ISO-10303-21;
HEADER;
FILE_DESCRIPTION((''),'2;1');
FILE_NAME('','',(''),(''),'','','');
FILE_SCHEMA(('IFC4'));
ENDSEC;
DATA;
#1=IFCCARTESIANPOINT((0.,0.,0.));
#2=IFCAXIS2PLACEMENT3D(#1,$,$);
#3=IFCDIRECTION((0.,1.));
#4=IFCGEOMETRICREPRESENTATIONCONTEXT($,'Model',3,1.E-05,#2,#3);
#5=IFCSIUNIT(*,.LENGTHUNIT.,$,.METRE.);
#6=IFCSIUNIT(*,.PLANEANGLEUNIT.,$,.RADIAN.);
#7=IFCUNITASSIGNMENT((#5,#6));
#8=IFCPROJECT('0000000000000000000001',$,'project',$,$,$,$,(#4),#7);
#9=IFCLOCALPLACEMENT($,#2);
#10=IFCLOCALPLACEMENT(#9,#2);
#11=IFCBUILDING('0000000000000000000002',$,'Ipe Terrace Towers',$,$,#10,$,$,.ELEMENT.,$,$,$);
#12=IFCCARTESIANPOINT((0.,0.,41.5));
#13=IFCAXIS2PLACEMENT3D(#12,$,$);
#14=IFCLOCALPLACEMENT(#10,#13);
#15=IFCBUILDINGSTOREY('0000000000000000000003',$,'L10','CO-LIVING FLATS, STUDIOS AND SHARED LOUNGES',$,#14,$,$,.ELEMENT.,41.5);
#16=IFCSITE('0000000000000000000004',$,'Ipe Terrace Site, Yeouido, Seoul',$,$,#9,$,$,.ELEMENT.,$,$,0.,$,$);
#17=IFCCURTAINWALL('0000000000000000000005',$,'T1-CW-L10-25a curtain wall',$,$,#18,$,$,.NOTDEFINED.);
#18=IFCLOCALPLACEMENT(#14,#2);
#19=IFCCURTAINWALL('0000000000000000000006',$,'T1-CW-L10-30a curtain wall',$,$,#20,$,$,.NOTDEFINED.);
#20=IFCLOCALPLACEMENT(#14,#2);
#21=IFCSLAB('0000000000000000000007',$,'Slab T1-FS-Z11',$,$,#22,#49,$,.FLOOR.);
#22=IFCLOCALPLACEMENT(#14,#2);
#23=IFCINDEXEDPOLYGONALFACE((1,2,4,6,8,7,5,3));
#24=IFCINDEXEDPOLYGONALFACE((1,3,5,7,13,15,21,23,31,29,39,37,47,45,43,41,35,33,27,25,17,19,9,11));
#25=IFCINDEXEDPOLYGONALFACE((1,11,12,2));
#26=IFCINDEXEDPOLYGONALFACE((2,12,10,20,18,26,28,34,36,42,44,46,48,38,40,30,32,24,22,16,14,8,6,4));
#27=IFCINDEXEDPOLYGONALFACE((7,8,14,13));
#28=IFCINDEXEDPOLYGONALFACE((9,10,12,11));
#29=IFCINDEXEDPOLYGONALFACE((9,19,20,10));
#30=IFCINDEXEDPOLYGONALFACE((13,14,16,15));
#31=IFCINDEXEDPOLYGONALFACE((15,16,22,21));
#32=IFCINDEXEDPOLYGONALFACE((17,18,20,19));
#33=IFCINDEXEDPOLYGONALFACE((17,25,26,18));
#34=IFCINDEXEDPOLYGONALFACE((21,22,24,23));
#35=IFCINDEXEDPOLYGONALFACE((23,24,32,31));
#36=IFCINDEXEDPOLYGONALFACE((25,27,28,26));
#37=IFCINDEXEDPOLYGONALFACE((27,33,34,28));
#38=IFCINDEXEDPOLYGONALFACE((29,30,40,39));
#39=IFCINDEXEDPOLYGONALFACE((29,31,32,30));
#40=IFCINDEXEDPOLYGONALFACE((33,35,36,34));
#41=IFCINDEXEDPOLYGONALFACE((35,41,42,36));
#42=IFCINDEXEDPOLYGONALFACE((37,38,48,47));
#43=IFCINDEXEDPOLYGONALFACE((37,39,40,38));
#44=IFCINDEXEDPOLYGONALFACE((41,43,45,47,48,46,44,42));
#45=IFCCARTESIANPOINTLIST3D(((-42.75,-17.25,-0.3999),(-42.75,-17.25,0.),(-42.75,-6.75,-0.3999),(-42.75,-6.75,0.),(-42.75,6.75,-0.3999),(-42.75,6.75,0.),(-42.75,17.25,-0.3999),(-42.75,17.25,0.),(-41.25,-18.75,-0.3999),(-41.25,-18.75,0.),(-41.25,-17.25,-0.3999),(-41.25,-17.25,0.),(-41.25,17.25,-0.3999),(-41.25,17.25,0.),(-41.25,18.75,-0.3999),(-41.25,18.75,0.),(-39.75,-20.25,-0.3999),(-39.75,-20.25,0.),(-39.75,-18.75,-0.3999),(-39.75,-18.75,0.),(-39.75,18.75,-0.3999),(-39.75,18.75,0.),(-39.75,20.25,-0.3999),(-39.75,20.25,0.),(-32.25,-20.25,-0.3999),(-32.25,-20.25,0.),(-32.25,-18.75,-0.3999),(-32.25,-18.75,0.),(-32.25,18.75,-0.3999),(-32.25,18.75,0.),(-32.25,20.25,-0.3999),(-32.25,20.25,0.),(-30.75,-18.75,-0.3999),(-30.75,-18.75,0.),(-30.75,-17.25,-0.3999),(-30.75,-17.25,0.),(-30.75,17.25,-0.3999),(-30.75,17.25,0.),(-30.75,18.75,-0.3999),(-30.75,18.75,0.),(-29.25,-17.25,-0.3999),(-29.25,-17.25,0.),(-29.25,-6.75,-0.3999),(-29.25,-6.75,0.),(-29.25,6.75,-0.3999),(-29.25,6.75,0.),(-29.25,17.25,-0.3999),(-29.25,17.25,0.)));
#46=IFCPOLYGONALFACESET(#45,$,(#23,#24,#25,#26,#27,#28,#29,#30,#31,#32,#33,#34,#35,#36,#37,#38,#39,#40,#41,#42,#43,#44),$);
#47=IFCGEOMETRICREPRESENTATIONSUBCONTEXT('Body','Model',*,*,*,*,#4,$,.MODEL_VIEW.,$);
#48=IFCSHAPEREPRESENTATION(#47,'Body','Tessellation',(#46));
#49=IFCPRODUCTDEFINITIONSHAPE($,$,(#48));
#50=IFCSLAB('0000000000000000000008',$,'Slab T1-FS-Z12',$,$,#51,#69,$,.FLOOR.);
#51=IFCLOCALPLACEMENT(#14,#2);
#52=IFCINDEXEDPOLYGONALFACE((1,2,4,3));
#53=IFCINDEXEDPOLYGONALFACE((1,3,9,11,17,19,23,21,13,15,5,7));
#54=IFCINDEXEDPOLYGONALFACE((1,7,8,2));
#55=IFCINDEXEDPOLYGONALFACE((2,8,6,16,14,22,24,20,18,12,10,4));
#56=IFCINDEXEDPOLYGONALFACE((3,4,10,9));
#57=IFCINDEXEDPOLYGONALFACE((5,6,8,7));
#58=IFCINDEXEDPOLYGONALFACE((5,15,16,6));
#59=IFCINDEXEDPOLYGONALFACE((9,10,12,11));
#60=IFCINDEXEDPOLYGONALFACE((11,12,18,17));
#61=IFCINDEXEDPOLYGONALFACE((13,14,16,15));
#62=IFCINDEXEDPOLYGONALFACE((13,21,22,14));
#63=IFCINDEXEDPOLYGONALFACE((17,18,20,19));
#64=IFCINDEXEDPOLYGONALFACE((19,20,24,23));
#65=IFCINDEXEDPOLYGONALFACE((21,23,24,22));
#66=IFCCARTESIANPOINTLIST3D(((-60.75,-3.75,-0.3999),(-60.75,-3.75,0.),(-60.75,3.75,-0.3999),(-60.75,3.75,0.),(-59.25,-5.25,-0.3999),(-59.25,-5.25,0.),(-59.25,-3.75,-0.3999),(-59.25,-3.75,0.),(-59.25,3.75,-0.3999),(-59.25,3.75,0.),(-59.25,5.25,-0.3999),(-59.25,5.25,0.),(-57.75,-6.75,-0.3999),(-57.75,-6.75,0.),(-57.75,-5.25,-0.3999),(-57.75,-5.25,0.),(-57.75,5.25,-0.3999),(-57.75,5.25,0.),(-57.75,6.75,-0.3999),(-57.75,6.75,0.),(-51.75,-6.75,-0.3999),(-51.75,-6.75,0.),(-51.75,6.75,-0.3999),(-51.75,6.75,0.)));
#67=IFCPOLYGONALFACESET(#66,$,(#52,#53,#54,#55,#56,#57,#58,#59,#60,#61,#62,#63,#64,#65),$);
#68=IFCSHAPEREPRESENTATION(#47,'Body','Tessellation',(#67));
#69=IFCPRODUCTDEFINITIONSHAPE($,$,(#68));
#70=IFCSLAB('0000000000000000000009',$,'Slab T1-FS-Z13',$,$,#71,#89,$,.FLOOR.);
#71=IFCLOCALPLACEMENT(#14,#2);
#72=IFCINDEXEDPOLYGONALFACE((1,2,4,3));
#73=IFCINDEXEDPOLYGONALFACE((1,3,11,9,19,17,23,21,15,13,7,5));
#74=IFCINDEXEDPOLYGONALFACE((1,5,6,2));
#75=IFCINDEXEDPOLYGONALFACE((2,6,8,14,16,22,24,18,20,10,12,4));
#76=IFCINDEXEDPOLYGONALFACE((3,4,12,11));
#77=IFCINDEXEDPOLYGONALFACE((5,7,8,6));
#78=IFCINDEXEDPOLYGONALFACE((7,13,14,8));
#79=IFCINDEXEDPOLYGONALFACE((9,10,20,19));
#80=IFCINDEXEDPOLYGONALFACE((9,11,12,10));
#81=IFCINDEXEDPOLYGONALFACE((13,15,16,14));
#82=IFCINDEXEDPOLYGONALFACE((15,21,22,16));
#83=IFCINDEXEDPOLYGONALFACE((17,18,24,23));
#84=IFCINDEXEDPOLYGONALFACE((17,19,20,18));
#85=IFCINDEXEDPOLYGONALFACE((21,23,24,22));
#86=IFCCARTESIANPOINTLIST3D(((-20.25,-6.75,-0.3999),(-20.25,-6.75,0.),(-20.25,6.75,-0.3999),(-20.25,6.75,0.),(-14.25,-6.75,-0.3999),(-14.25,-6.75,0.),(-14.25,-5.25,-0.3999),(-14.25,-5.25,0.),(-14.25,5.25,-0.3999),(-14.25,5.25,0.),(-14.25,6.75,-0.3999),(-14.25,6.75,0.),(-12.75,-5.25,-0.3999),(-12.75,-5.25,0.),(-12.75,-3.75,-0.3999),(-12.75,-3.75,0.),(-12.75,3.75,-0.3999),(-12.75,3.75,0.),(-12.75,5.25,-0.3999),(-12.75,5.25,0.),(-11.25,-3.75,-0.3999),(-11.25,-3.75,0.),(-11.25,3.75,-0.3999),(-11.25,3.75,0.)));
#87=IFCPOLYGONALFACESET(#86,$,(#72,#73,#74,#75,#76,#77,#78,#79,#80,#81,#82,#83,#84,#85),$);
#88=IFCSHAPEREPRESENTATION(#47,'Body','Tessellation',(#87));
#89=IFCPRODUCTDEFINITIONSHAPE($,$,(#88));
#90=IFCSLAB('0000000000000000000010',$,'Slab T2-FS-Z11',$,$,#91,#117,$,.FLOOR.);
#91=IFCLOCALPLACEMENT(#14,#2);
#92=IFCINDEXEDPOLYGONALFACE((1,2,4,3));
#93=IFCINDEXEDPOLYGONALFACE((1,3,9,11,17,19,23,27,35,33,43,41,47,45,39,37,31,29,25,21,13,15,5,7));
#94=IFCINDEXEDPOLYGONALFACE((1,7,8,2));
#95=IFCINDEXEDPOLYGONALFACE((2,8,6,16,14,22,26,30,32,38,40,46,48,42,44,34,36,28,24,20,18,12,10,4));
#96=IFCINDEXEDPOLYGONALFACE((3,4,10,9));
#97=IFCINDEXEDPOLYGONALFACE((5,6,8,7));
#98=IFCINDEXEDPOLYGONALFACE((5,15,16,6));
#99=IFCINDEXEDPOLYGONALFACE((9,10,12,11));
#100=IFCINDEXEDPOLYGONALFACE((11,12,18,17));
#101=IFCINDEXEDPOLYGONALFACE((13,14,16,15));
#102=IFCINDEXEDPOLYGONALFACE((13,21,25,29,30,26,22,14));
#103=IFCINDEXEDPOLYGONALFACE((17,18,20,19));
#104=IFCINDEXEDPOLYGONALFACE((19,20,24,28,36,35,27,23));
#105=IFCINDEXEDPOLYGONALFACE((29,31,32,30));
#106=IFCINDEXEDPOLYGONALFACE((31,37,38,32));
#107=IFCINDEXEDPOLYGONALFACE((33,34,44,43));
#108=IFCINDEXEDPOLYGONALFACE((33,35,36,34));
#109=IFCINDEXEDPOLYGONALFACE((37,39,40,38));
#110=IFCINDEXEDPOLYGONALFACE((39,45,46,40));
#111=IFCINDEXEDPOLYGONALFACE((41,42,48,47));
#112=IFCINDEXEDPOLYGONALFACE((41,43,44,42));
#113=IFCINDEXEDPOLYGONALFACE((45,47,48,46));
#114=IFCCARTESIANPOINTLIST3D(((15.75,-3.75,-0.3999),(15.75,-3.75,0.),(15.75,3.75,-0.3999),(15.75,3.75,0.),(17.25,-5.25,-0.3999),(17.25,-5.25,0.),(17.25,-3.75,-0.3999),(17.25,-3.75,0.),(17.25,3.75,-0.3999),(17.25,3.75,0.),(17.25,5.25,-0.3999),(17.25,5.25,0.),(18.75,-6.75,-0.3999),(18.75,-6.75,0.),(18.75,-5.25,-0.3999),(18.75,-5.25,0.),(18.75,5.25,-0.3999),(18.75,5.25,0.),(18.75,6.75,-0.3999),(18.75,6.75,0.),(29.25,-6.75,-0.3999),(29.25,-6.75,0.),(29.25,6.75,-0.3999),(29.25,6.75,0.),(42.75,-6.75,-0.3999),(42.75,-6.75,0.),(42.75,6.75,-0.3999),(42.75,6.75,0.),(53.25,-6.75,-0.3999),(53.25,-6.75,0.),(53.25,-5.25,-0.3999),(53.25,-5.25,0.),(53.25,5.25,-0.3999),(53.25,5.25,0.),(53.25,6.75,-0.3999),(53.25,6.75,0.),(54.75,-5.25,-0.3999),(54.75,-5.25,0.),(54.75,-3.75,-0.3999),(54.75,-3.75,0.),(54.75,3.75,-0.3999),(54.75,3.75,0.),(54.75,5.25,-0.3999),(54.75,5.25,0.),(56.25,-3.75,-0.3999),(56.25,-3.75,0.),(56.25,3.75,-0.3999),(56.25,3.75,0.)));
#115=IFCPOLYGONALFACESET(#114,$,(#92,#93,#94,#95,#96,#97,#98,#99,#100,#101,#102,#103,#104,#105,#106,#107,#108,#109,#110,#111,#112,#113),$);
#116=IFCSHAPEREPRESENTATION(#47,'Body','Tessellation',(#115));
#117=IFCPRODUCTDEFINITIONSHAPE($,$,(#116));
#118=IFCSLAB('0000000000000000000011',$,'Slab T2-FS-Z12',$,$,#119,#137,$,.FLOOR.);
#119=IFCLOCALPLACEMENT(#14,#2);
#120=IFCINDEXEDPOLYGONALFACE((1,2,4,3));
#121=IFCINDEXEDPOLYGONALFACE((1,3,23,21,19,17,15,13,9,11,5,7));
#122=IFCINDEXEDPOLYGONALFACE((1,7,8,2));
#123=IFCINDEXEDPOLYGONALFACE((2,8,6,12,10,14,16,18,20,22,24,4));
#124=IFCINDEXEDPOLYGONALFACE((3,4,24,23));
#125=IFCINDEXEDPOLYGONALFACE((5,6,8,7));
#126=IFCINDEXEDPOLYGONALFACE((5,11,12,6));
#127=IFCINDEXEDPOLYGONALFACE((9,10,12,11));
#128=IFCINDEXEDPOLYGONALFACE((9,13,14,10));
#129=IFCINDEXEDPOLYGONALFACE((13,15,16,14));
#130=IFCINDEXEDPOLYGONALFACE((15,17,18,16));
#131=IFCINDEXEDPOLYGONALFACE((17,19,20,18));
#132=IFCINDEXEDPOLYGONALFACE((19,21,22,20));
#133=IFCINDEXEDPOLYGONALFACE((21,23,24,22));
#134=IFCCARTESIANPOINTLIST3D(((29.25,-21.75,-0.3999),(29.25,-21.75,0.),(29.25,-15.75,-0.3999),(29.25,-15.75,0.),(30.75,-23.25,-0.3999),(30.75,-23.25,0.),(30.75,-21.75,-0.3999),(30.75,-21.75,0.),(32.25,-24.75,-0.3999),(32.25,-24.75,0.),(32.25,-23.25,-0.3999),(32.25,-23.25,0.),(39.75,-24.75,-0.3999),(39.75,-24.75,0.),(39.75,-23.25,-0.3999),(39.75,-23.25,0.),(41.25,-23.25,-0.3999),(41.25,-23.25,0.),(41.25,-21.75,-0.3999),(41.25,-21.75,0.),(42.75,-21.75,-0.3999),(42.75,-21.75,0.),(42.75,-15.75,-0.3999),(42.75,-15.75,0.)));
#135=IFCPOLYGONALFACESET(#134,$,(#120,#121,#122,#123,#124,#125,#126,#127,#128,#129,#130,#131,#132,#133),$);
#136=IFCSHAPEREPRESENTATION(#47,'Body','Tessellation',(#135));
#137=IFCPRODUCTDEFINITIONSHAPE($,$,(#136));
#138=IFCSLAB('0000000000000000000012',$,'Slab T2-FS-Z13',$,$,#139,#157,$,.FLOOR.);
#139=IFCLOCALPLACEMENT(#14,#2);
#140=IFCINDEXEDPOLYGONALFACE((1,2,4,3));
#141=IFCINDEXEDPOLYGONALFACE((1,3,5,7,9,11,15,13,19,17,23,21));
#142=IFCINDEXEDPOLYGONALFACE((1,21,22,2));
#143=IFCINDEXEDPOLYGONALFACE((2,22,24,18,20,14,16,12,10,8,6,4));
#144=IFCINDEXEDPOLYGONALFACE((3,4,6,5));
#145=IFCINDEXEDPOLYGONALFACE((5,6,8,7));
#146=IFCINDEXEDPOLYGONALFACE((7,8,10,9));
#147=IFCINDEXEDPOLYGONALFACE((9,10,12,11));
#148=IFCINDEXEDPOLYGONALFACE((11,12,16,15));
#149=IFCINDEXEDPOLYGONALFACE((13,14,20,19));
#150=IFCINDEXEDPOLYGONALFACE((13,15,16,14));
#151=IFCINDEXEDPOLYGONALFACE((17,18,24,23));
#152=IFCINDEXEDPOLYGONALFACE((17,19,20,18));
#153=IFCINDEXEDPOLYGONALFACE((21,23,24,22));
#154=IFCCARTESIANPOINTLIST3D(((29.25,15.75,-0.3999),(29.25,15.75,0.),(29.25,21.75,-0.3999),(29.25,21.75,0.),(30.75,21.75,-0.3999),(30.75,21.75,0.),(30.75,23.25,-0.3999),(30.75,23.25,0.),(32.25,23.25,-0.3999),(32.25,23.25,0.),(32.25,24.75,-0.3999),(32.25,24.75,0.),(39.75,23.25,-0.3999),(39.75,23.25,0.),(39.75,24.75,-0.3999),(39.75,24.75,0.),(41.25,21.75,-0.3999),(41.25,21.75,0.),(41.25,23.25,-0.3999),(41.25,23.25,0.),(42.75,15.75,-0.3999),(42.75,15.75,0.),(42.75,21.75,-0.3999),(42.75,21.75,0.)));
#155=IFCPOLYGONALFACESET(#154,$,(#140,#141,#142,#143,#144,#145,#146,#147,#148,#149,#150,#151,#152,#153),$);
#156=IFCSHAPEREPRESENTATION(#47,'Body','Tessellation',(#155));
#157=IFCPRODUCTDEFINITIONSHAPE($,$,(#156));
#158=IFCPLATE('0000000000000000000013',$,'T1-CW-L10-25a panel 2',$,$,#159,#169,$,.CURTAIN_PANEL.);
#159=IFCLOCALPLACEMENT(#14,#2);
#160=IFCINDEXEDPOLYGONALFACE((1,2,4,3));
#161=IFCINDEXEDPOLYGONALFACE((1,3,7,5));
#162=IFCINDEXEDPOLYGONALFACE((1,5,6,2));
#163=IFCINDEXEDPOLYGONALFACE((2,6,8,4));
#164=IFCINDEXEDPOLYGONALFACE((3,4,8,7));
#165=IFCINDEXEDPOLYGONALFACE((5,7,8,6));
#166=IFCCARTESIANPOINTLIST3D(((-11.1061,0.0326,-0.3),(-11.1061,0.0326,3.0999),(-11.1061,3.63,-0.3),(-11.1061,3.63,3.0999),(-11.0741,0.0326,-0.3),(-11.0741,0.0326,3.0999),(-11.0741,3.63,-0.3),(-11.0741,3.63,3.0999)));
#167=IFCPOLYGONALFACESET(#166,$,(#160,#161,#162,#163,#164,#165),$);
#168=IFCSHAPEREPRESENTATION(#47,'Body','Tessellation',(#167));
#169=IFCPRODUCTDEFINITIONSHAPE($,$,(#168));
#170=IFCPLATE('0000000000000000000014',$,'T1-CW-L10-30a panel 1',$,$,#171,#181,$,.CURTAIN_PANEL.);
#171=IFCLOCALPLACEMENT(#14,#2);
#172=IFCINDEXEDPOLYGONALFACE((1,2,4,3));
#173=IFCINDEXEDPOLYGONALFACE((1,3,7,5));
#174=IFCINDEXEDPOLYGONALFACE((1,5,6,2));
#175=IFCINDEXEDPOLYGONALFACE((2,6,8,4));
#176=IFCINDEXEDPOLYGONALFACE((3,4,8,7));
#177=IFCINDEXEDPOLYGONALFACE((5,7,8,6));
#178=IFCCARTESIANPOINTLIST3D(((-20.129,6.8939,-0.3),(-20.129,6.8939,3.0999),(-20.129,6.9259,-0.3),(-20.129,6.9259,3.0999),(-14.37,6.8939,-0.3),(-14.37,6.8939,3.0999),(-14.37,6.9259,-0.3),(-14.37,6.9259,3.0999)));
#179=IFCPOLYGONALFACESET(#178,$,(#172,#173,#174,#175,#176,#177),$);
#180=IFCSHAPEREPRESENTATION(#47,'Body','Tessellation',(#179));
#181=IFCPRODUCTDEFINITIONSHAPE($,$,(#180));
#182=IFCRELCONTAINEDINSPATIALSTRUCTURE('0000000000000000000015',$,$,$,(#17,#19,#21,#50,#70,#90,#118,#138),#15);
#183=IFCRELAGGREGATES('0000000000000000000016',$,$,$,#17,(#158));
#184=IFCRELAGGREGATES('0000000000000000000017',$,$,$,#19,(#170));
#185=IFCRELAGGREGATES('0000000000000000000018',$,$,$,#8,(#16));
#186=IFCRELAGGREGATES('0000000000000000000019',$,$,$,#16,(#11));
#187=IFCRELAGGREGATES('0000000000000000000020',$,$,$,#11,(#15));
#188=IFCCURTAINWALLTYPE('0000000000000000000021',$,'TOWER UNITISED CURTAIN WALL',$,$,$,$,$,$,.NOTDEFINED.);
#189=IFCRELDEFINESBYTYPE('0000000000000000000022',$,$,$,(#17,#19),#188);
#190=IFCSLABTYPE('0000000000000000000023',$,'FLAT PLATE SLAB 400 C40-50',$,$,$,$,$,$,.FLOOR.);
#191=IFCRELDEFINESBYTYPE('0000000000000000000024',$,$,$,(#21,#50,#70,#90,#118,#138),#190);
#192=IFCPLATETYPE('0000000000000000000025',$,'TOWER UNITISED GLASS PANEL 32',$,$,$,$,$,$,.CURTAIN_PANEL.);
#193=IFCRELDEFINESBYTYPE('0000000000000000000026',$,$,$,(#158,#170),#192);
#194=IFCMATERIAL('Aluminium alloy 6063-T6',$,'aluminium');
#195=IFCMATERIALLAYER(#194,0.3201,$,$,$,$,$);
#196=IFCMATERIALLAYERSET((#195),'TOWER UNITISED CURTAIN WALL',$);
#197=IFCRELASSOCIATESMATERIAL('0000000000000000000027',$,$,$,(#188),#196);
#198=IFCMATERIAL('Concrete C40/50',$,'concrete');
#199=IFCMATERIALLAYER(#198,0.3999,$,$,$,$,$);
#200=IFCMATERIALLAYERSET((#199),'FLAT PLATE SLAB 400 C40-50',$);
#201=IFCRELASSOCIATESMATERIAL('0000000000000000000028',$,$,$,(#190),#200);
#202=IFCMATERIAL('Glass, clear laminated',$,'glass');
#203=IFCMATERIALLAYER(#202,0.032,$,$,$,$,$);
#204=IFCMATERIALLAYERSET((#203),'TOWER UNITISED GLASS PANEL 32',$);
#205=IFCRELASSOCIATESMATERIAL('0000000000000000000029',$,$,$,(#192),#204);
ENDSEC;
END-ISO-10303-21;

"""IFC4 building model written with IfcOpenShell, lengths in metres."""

from ifc_helpers import new_model, si_unit, direction, frame, origin, origin_2d, place, context, subcontext, project, spatial, polyline, rectangle, outline, extrude, material, layer, layer_set, type_object, element, aggregate, save


model = new_model("IFC4")

# Units and contexts
model_context = context("Model", 3, precision=1e-05, world=origin(), true_north=direction((0.0, 1.0)))
body_context = subcontext(model_context, "Body", "Model", "MODEL_VIEW")
ifc_project = project(units=[si_unit("LENGTHUNIT", "METRE"), si_unit("PLANEANGLEUNIT", "RADIAN")], contexts=[model_context])

# Site, building, storey
site_placement = place(None, origin())
site = spatial("IfcSite", under=ifc_project, at=site_placement, Name="Ipe Terrace Site, Yeouido, Seoul", CompositionType="ELEMENT", RefElevation=0.0)
building_placement = place(site_placement, origin())
building = spatial("IfcBuilding", under=site, at=building_placement, Name="Ipe Terrace Towers", CompositionType="ELEMENT")
storey_placement = place(building_placement, frame((0.0, 0.0, 41.5)))
storey = spatial("IfcBuildingStorey", under=building, at=storey_placement, Name="L10", Description="CO-LIVING FLATS, STUDIOS AND SHARED LOUNGES", CompositionType="ELEMENT", Elevation=41.5)

# Curtain wall
ifc_material_1 = material(Name="Aluminium alloy 6063-T6", Category="aluminium")
ifc_layer_1 = layer(ifc_material_1, 0.3201)
ifc_layer_set_1 = layer_set([ifc_layer_1], Name="TOWER UNITISED CURTAIN WALL")
curtain_wall_type = type_object("IfcCurtainWallType", Name="TOWER UNITISED CURTAIN WALL", PredefinedType="NOTDEFINED", material=ifc_layer_set_1)
curtain_wall_1_placement = place(storey_placement, origin())
curtain_wall_1 = element("IfcCurtainWall", 1, at=curtain_wall_1_placement, inside=storey, type_object=curtain_wall_type, Name="T1-CW-L10-25a curtain wall", PredefinedType="NOTDEFINED")

# Curtain wall
curtain_wall_2_placement = place(storey_placement, origin())
curtain_wall_2 = element("IfcCurtainWall", 2, at=curtain_wall_2_placement, inside=storey, type_object=curtain_wall_type, Name="T1-CW-L10-30a curtain wall", PredefinedType="NOTDEFINED")

# Slabs
ifc_material_2 = material(Name="Concrete C40/50", Category="concrete")
ifc_layer_2 = layer(ifc_material_2, 0.3999)
ifc_layer_set_2 = layer_set([ifc_layer_2], Name="FLAT PLATE SLAB 400 C40-50")
slab_type_1 = type_object("IfcSlabType", Name="FLAT PLATE SLAB 400 C40-50", PredefinedType="FLOOR", material=ifc_layer_set_2)
slab_1_placement = place(storey_placement, frame((0.0, 0.0, -0.3999)))
element("IfcSlab", 3, at=slab_1_placement, inside=storey, type_object=slab_type_1, Name="Slab T1-FS-Z11", PredefinedType="FLOOR", context=body_context, shape_type="SweptSolid", body=[
    extrude(outline(polyline([(-30.75, -17.25), (-30.75, -18.75), (-32.25, -18.75), (-32.25, -20.25), (-39.75, -20.25), (-39.75, -18.75), (-41.25, -18.75), (-41.25, -17.25), (-42.75, -17.25), (-42.75, -6.75), (-42.75, 6.75), (-42.75, 17.25), (-41.25, 17.25), (-41.25, 18.75), (-39.75, 18.75), (-39.75, 20.25), (-32.25, 20.25), (-32.25, 18.75), (-30.75, 18.75), (-30.75, 17.25), (-29.25, 17.25), (-29.25, 6.75), (-29.25, -6.75), (-29.25, -17.25), (-30.75, -17.25)])), origin(), (0.0, 0.0, 1.0), 0.3999),
])
slab_2_placement = place(storey_placement, frame((0.0, 0.0, -0.3999)))
element("IfcSlab", 4, at=slab_2_placement, inside=storey, type_object=slab_type_1, Name="Slab T1-FS-Z12", PredefinedType="FLOOR", context=body_context, shape_type="SweptSolid", body=[
    extrude(outline(polyline([(-57.75, -6.75), (-57.75, -5.25), (-59.25, -5.25), (-59.25, -3.75), (-60.75, -3.75), (-60.75, 3.75), (-59.25, 3.75), (-59.25, 5.25), (-57.75, 5.25), (-57.75, 6.75), (-51.75, 6.75), (-51.75, -6.75), (-57.75, -6.75)])), origin(), (0.0, 0.0, 1.0), 0.3999),
])
slab_3_placement = place(storey_placement, frame((0.0, 0.0, -0.3999)))
element("IfcSlab", 5, at=slab_3_placement, inside=storey, type_object=slab_type_1, Name="Slab T1-FS-Z13", PredefinedType="FLOOR", context=body_context, shape_type="SweptSolid", body=[
    extrude(outline(polyline([(-14.25, 5.25), (-12.75, 5.25), (-12.75, 3.75), (-11.25, 3.75), (-11.25, -3.75), (-12.75, -3.75), (-12.75, -5.25), (-14.25, -5.25), (-14.25, -6.75), (-20.25, -6.75), (-20.25, 6.75), (-14.25, 6.75), (-14.25, 5.25)])), origin(), (0.0, 0.0, 1.0), 0.3999),
])
slab_4_placement = place(storey_placement, frame((0.0, 0.0, -0.3999)))
element("IfcSlab", 6, at=slab_4_placement, inside=storey, type_object=slab_type_1, Name="Slab T2-FS-Z11", PredefinedType="FLOOR", context=body_context, shape_type="SweptSolid", body=[
    extrude(outline(polyline([(53.25, 5.25), (54.75, 5.25), (54.75, 3.75), (56.25, 3.75), (56.25, -3.75), (54.75, -3.75), (54.75, -5.25), (53.25, -5.25), (53.25, -6.75), (42.75, -6.75), (29.25, -6.75), (18.75, -6.75), (18.75, -5.25), (17.25, -5.25), (17.25, -3.75), (15.75, -3.75), (15.75, 3.75), (17.25, 3.75), (17.25, 5.25), (18.75, 5.25), (18.75, 6.75), (29.25, 6.75), (42.75, 6.75), (53.25, 6.75), (53.25, 5.25)])), origin(), (0.0, 0.0, 1.0), 0.3999),
])
slab_5_placement = place(storey_placement, frame((0.0, 0.0, -0.3999)))
element("IfcSlab", 7, at=slab_5_placement, inside=storey, type_object=slab_type_1, Name="Slab T2-FS-Z12", PredefinedType="FLOOR", context=body_context, shape_type="SweptSolid", body=[
    extrude(outline(polyline([(42.75, -21.75), (41.25, -21.75), (41.25, -23.25), (39.75, -23.25), (39.75, -24.75), (32.25, -24.75), (32.25, -23.25), (30.75, -23.25), (30.75, -21.75), (29.25, -21.75), (29.25, -15.75), (42.75, -15.75), (42.75, -21.75)])), origin(), (0.0, 0.0, 1.0), 0.3999),
])
slab_6_placement = place(storey_placement, frame((0.0, 0.0, -0.3999)))
element("IfcSlab", 8, at=slab_6_placement, inside=storey, type_object=slab_type_1, Name="Slab T2-FS-Z13", PredefinedType="FLOOR", context=body_context, shape_type="SweptSolid", body=[
    extrude(outline(polyline([(30.75, 21.75), (30.75, 23.25), (32.25, 23.25), (32.25, 24.75), (39.75, 24.75), (39.75, 23.25), (41.25, 23.25), (41.25, 21.75), (42.75, 21.75), (42.75, 15.75), (29.25, 15.75), (29.25, 21.75), (30.75, 21.75)])), origin(), (0.0, 0.0, 1.0), 0.3999),
])

# Plates
ifc_material_3 = material(Name="Glass, clear laminated", Category="glass")
ifc_layer_3 = layer(ifc_material_3, 0.032)
ifc_layer_set_3 = layer_set([ifc_layer_3], Name="TOWER UNITISED GLASS PANEL 32")
plate_type = type_object("IfcPlateType", Name="TOWER UNITISED GLASS PANEL 32", PredefinedType="CURTAIN_PANEL", material=ifc_layer_set_3)
plate_1_placement = place(storey_placement, frame((-11.0901, 1.8313, -0.3), z_axis=(0.0, 0.0, 1.0), x_axis=(0.0, 1.0, 0.0)))
plate_1 = element("IfcPlate", 9, at=plate_1_placement, type_object=plate_type, Name="T1-CW-L10-25a panel 2", PredefinedType="CURTAIN_PANEL", context=body_context, shape_type="SweptSolid", body=[
    extrude(rectangle(XDim=3.5974, YDim=0.032, at=origin_2d()), origin(), (0.0, 0.0, 1.0), 3.3999),
])
aggregate(curtain_wall_1, [plate_1])
plate_2_placement = place(storey_placement, frame((-17.2495, 6.9099, -0.3), z_axis=(0.0, 0.0, 1.0), x_axis=(-1.0, 0.0, 0.0)))
plate_2 = element("IfcPlate", 10, at=plate_2_placement, type_object=plate_type, Name="T1-CW-L10-30a panel 1", PredefinedType="CURTAIN_PANEL", context=body_context, shape_type="SweptSolid", body=[
    extrude(rectangle(XDim=5.759, YDim=0.032, at=origin_2d()), origin(), (0.0, 0.0, 1.0), 3.3999),
])
aggregate(curtain_wall_2, [plate_2])

save(model, "model.ifc")
